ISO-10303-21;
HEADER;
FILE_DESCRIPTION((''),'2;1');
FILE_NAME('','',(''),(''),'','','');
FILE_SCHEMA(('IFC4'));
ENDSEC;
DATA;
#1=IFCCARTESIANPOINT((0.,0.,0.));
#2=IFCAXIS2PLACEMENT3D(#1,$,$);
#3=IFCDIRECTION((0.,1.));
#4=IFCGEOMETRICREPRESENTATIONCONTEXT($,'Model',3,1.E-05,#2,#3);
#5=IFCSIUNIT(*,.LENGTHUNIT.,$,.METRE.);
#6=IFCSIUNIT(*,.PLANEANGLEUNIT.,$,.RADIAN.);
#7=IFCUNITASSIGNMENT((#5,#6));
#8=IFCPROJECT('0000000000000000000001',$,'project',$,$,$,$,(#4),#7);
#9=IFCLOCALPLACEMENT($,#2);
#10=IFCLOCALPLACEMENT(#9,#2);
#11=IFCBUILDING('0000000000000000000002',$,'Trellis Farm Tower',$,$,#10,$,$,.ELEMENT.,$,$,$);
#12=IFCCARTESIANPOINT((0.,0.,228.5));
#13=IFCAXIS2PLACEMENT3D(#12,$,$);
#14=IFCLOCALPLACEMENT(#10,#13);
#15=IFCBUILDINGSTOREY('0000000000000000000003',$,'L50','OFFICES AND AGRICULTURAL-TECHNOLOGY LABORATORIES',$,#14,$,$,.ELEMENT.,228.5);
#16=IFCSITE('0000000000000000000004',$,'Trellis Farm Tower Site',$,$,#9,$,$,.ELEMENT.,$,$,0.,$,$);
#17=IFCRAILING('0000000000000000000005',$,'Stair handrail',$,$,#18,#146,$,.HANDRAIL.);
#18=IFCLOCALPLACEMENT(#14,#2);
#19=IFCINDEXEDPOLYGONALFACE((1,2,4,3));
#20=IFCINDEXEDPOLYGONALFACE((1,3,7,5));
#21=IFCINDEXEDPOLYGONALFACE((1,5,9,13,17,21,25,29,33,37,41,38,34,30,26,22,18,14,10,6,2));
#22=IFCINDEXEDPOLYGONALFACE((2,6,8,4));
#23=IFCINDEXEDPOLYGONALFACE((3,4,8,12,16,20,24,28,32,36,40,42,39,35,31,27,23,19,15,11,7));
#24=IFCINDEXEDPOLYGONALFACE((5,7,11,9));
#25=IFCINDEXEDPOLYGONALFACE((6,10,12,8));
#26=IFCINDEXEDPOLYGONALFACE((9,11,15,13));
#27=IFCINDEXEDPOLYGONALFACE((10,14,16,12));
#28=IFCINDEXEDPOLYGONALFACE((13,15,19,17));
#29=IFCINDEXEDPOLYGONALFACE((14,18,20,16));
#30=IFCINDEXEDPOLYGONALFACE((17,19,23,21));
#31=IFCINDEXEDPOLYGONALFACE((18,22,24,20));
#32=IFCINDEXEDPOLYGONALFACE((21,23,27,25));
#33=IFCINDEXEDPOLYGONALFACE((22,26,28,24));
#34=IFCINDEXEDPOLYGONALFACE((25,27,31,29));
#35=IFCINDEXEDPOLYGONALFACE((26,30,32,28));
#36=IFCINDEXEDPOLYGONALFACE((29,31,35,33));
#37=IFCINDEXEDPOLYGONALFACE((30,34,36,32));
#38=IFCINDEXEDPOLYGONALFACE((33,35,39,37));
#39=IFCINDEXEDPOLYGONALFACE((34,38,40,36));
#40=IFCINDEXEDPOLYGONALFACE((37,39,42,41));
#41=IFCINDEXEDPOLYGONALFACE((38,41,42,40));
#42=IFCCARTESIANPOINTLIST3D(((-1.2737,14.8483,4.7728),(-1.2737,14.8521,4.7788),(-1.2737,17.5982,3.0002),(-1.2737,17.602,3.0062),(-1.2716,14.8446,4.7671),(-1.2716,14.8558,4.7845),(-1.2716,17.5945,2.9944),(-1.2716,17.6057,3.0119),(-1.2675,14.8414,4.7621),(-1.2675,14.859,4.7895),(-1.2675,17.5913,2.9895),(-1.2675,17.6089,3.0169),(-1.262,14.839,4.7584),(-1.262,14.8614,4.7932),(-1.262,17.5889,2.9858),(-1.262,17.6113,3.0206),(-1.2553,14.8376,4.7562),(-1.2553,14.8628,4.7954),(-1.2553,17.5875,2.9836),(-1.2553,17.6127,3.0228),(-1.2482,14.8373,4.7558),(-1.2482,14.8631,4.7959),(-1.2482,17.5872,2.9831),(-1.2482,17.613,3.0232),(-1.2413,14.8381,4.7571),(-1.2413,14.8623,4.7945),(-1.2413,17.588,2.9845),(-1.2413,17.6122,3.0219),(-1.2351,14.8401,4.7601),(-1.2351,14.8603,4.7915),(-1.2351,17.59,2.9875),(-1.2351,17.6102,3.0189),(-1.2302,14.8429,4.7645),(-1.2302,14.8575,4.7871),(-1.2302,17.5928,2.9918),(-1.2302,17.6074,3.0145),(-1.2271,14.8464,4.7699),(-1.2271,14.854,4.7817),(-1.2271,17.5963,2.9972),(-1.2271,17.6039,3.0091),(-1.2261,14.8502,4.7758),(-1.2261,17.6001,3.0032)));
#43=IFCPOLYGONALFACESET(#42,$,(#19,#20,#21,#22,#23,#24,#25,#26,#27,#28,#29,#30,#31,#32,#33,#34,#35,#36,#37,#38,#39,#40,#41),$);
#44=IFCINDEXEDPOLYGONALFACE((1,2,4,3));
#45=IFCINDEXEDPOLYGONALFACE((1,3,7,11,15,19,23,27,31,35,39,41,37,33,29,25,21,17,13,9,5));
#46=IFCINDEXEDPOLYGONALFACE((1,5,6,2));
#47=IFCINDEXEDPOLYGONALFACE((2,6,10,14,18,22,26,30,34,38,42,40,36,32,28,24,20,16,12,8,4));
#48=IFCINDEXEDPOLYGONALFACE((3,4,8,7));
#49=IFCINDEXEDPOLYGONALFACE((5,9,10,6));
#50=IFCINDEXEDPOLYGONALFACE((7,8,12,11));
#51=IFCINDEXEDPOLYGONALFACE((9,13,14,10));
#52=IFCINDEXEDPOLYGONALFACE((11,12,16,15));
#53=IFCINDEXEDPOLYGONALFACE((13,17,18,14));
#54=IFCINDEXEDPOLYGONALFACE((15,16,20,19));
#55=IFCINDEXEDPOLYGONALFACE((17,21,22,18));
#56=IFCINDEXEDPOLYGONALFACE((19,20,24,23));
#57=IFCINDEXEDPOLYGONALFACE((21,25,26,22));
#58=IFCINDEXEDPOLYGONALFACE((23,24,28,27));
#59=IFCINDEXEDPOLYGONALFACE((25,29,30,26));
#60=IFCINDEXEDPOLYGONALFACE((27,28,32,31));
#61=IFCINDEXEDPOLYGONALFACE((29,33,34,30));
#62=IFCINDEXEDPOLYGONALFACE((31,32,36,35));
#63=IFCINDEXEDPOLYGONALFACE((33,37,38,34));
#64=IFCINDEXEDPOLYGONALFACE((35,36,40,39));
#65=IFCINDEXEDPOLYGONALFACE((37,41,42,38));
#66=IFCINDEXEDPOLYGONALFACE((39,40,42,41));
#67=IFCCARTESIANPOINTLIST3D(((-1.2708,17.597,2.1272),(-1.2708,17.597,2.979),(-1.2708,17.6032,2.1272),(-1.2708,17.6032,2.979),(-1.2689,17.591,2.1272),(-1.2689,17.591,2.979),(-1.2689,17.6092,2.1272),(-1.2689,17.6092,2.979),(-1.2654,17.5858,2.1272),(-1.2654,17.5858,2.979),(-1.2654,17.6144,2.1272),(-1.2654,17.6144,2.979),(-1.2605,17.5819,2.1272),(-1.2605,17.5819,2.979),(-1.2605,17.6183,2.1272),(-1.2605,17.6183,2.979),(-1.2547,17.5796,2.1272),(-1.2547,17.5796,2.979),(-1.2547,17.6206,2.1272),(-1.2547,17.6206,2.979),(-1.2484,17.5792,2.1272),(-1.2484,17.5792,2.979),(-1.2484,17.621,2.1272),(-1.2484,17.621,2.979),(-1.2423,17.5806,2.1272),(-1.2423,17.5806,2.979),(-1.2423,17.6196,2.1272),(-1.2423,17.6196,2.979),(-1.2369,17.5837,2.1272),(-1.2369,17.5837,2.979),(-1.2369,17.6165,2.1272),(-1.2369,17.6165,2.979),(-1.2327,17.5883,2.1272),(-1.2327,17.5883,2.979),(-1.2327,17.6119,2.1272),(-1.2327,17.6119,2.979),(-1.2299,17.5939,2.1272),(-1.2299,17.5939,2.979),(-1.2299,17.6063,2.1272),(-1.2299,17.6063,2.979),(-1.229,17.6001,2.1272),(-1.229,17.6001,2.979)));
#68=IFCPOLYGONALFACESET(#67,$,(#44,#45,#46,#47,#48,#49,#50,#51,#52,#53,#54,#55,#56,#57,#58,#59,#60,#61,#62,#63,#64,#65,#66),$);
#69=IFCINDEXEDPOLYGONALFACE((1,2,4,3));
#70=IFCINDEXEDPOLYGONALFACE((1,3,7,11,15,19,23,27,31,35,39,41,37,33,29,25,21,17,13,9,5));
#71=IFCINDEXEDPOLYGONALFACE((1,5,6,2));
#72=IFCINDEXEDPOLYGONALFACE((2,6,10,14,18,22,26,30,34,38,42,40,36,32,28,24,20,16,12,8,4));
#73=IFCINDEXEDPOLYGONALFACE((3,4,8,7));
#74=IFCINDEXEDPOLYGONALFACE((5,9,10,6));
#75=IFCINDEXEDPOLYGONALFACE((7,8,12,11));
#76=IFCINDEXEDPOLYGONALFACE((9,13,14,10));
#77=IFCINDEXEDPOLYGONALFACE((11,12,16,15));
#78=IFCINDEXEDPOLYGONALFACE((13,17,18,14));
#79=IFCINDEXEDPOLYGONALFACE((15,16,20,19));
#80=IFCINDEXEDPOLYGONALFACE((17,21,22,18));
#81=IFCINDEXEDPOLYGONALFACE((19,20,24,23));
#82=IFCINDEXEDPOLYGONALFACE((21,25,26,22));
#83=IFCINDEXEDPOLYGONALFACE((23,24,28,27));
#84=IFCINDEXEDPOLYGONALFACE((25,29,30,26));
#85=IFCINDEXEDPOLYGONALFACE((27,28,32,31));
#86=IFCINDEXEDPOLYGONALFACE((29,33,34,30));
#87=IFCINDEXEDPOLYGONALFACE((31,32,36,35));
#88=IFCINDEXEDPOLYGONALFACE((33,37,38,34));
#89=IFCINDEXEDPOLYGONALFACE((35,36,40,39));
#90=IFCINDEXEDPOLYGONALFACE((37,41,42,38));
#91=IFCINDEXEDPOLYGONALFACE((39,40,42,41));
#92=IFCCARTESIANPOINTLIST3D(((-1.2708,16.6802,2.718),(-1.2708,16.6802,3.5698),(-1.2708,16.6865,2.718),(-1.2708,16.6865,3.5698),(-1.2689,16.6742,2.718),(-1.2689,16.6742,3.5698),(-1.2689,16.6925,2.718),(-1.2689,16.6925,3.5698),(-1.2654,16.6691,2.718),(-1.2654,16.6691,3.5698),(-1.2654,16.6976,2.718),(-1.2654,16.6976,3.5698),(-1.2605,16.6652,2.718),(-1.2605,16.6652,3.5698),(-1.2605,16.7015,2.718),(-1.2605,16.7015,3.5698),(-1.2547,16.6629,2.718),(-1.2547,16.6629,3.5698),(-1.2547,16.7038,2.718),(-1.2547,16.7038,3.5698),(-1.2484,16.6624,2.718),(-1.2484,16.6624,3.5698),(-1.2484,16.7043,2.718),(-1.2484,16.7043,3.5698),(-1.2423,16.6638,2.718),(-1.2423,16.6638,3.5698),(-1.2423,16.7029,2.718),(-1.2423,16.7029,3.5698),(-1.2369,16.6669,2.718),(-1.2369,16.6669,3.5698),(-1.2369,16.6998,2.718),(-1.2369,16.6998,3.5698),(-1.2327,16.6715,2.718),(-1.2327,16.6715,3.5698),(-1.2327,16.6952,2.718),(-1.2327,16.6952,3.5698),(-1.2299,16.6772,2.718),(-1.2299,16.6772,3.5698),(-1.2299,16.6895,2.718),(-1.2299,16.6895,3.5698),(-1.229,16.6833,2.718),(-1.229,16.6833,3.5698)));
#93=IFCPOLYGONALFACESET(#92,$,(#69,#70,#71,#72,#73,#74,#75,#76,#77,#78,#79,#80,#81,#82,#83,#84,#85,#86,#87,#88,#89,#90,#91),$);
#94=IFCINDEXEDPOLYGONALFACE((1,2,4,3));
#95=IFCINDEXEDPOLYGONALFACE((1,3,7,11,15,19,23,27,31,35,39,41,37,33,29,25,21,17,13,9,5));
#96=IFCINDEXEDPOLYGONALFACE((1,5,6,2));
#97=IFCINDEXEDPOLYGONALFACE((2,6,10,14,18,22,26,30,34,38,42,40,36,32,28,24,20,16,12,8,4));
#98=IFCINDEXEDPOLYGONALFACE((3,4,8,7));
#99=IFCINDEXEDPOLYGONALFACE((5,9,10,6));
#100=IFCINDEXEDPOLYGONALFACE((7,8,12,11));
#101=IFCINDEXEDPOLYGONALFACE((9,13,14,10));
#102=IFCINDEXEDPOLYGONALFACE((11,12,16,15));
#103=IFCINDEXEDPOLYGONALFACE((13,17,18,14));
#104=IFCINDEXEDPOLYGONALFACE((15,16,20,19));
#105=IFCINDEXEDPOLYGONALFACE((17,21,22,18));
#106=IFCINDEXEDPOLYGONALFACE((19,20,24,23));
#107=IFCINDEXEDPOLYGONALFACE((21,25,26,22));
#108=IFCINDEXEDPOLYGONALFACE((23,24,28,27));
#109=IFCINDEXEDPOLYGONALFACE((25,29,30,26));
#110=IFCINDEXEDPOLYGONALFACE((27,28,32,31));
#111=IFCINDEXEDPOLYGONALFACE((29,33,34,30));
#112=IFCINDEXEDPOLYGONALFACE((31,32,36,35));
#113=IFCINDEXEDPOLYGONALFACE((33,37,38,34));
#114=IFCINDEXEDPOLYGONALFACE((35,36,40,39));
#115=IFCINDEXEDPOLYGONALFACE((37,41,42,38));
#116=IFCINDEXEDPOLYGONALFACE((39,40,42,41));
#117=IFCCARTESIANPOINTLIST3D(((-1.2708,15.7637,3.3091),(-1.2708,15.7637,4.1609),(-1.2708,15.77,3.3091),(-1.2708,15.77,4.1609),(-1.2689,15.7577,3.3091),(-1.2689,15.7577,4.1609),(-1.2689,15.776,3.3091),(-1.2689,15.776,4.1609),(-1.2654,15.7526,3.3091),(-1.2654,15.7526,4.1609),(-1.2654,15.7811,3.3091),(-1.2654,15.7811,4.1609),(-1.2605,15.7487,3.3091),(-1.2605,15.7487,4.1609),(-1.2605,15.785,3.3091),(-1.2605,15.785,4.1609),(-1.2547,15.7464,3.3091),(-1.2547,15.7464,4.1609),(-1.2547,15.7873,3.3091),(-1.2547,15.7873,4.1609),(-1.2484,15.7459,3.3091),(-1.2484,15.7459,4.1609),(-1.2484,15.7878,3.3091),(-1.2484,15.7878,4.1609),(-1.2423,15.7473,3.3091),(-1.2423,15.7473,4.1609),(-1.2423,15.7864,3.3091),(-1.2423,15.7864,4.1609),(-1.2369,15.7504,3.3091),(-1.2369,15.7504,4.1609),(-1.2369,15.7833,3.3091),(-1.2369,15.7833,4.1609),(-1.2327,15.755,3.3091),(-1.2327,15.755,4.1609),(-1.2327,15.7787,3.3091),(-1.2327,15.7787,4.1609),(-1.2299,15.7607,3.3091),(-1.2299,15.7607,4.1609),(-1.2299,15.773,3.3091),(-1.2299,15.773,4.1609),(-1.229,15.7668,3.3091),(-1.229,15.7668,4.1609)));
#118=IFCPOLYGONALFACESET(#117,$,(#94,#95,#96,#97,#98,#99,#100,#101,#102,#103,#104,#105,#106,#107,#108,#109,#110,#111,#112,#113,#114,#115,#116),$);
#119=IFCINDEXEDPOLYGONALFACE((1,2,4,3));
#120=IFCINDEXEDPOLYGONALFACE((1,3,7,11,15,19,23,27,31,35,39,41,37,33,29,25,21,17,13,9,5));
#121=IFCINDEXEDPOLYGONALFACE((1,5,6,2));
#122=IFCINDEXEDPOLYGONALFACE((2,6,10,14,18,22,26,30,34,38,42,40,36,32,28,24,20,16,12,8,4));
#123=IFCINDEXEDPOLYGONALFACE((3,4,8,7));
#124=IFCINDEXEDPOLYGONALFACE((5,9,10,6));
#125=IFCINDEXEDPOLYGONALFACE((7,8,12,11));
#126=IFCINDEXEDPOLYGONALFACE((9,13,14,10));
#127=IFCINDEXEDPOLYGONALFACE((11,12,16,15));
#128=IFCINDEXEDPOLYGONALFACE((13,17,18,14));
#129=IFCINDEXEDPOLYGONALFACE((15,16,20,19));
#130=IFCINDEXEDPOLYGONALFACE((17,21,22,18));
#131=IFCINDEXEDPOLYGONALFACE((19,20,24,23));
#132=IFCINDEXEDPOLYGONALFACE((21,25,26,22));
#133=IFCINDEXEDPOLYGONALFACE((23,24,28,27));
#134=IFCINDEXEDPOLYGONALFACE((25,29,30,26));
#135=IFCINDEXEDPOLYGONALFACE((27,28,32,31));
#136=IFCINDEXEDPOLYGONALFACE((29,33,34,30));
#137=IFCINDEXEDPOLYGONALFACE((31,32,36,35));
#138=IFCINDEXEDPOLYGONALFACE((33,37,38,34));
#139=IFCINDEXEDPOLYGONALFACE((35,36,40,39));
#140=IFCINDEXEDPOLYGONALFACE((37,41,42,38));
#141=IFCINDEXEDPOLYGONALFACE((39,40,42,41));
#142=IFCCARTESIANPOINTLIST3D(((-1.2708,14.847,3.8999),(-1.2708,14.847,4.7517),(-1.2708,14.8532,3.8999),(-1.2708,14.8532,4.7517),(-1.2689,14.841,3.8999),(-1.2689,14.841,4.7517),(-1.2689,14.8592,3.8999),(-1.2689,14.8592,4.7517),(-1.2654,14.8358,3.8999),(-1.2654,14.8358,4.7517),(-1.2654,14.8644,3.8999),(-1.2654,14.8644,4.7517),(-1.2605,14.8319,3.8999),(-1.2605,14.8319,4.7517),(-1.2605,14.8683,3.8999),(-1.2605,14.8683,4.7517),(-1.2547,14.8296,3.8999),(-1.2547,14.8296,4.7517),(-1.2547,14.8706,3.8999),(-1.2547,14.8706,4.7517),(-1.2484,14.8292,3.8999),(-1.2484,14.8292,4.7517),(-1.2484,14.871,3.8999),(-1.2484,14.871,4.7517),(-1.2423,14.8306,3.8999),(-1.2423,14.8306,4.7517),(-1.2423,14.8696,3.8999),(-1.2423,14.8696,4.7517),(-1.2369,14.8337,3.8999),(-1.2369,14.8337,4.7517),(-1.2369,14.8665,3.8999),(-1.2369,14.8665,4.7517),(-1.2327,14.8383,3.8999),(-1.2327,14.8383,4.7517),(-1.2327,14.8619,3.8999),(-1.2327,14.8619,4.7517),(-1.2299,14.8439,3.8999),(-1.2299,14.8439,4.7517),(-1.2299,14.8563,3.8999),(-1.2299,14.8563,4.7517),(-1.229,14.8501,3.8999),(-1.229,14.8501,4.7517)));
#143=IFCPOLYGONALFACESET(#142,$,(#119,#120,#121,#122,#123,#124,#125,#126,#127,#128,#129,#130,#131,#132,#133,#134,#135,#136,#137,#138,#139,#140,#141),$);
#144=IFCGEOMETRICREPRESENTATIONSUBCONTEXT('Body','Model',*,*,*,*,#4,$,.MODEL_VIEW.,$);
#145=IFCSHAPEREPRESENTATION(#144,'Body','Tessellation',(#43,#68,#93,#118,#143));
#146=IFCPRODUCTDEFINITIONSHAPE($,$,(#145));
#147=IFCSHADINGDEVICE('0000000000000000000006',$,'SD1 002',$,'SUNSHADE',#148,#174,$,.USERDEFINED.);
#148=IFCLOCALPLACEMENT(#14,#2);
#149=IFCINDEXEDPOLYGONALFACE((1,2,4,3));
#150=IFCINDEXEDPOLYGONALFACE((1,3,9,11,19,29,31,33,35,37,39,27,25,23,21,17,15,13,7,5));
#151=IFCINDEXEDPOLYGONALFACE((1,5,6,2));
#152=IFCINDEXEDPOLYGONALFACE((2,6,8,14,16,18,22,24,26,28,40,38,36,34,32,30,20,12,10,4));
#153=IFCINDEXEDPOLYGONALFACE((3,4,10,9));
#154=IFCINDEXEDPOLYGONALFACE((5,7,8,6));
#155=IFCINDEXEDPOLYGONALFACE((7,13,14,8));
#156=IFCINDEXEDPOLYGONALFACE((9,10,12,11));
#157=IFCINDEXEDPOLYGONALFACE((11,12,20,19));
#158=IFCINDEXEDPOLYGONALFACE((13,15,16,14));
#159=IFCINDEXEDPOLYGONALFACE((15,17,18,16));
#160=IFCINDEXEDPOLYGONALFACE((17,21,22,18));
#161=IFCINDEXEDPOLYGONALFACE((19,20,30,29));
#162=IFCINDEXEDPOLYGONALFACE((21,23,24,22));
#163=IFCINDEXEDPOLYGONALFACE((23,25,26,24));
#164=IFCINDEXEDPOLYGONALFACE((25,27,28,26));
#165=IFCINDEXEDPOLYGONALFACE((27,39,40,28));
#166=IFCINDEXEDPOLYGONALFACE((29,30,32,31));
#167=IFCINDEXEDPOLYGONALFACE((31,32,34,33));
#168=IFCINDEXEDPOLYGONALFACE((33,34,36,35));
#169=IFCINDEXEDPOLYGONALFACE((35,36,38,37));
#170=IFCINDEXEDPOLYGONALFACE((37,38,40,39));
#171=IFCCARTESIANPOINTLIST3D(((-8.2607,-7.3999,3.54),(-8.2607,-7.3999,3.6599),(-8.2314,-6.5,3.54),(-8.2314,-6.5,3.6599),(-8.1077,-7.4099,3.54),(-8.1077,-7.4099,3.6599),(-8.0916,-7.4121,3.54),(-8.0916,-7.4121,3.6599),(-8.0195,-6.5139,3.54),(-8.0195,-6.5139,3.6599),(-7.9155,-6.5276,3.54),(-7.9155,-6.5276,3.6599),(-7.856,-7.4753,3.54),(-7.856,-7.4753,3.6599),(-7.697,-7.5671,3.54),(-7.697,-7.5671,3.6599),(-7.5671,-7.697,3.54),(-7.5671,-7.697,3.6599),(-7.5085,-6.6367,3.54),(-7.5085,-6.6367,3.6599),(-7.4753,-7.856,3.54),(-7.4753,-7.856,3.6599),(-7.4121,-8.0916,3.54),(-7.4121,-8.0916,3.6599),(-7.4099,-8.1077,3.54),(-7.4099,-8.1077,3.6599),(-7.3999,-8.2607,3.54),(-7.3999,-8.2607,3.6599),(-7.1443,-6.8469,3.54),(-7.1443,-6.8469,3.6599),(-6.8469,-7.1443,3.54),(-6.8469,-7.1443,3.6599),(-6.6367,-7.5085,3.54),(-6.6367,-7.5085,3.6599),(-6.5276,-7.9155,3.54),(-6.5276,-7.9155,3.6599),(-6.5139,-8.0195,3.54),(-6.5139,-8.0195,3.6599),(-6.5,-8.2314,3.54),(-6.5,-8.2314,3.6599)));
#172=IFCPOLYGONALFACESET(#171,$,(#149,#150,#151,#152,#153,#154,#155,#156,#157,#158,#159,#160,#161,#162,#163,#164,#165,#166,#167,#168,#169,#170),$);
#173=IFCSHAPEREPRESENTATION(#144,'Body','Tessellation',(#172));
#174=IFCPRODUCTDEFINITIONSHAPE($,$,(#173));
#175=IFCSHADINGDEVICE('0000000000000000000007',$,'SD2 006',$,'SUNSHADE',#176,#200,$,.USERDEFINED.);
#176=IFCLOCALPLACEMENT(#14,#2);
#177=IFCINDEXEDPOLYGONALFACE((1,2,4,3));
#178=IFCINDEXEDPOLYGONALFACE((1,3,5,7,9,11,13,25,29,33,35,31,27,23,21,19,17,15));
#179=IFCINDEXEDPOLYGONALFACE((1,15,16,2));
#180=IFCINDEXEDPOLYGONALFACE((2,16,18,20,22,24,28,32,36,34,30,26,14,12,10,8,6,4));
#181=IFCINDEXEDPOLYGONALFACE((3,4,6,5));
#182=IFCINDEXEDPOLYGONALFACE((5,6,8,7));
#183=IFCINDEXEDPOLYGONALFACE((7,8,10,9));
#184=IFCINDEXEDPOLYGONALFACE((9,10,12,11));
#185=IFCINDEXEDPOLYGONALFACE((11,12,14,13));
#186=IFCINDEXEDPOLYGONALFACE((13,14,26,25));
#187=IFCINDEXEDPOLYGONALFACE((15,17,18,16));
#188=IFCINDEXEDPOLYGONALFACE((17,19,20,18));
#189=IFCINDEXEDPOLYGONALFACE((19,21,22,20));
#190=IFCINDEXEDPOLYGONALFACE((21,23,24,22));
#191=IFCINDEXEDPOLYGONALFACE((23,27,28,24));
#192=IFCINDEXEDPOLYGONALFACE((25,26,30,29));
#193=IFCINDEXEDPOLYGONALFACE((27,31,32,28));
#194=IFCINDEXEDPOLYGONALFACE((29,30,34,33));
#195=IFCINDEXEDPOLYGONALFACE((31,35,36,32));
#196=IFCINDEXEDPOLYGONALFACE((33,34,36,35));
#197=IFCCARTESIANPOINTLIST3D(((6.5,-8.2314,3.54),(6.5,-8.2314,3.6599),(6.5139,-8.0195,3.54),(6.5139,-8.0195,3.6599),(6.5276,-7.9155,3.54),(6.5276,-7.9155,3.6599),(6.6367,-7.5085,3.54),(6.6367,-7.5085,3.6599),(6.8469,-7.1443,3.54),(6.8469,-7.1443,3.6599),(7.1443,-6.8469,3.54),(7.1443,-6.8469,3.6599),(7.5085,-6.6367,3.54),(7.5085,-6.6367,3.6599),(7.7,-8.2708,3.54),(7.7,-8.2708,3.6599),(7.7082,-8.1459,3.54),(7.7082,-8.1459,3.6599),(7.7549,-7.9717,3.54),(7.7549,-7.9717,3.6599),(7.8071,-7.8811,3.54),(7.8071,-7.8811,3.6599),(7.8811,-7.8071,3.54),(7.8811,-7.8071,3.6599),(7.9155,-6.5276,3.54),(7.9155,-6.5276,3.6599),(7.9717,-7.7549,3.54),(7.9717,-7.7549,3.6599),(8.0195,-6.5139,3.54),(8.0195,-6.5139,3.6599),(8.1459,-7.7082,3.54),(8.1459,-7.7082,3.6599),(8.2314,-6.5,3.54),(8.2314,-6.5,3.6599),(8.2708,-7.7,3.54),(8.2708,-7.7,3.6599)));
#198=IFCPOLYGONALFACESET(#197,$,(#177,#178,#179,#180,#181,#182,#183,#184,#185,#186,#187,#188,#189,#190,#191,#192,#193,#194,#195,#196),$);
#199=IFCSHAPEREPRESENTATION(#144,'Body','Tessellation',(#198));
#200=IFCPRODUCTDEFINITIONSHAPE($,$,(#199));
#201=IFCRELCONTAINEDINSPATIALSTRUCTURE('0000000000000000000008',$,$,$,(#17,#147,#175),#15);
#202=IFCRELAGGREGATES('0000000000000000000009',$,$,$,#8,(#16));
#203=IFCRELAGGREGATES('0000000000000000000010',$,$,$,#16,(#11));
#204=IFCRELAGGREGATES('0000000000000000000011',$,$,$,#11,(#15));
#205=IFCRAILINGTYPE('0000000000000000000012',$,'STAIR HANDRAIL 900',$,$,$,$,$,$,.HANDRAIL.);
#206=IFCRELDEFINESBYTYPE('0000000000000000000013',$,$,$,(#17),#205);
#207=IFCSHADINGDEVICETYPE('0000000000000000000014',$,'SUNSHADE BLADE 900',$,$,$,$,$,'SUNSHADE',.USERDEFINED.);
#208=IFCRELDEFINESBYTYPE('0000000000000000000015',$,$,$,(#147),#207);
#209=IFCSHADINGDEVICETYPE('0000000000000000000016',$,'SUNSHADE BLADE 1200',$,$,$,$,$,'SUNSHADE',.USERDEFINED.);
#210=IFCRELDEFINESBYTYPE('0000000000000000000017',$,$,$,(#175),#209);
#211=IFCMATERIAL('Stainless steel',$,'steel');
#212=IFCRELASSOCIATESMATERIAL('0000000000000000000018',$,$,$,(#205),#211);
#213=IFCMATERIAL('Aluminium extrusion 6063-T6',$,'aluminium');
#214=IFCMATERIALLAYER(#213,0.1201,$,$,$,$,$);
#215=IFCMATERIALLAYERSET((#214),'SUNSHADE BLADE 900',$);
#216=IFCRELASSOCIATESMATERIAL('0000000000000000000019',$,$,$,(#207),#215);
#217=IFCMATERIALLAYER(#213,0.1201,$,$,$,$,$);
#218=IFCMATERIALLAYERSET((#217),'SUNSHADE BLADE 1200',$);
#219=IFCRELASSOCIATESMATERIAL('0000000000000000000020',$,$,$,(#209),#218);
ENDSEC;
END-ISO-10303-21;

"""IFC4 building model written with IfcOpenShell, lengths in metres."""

from ifc_helpers import new_model, si_unit, direction, frame, origin, origin_2d, place, context, subcontext, project, spatial, polyline, circle, outline, extrude, source, transform, mapped, material, layer, layer_set, type_object, element, save


model = new_model("IFC4")

# Units and contexts
model_context = context("Model", 3, precision=1e-05, world=origin(), true_north=direction((0.0, 1.0)))
body_context = subcontext(model_context, "Body", "Model", "MODEL_VIEW")
ifc_project = project(units=[si_unit("LENGTHUNIT", "METRE"), si_unit("PLANEANGLEUNIT", "RADIAN")], contexts=[model_context])

# Site, building, storey
site_placement = place(None, origin())
site = spatial("IfcSite", under=ifc_project, at=site_placement, Name="Trellis Farm Tower Site", CompositionType="ELEMENT", RefElevation=0.0)
building_placement = place(site_placement, origin())
building = spatial("IfcBuilding", under=site, at=building_placement, Name="Trellis Farm Tower", CompositionType="ELEMENT")
storey_placement = place(building_placement, frame((0.0, 0.0, 228.5)))
storey = spatial("IfcBuildingStorey", under=building, at=storey_placement, Name="L50", Description="OFFICES AND AGRICULTURAL-TECHNOLOGY LABORATORIES", CompositionType="ELEMENT", Elevation=228.5)

# Shared definitions
ifc_material_1 = material(Name="Aluminium extrusion 6063-T6", Category="aluminium")

# Railing
ifc_material_2 = material(Name="Stainless steel", Category="steel")
railing_type = type_object("IfcRailingType", Name="STAIR HANDRAIL 900", PredefinedType="HANDRAIL", material=ifc_material_2)
shared_shape_1 = source(origin(), body_context, "Body", "SweptSolid", [
    extrude(circle(Radius=0.0239, at=origin_2d()), frame((0.0, 0.0, 0.876), z_axis=(0.0, -0.840504, 0.541806), x_axis=(1.0, 0.0, 0.0)), (0.0, 0.0, 1.0), 3.2717),
    extrude(circle(Radius=0.021, at=origin_2d()), origin(), (0.0, 0.0, 1.0), 0.8518),
    extrude(circle(Radius=0.021, at=origin_2d()), frame((0.0, -0.9167, 0.5908)), (0.0, 0.0, 1.0), 0.8518),
    extrude(circle(Radius=0.021, at=origin_2d()), frame((0.0, -1.8333, 1.1819)), (0.0, 0.0, 1.0), 0.8518),
    extrude(circle(Radius=0.021, at=origin_2d()), frame((0.0, -2.75, 1.7727)), (0.0, 0.0, 1.0), 0.8518),
])
railing_placement = place(storey_placement, frame((-1.25, 17.6001, 2.1272)))
element("IfcRailing", 1, at=railing_placement, inside=storey, type_object=railing_type, Name="Stair handrail", PredefinedType="HANDRAIL", context=body_context, shape_type="MappedRepresentation", body=[
    mapped(shared_shape_1, transform((0.0, 0.0, 0.0))),
])

# Shading devices
ifc_layer_1 = layer(ifc_material_1, 0.1201)
ifc_layer_set_1 = layer_set([ifc_layer_1], Name="SUNSHADE BLADE 900")
shading_device_type_1 = type_object("IfcShadingDeviceType", Name="SUNSHADE BLADE 900", ElementType="SUNSHADE", PredefinedType="USERDEFINED", material=ifc_layer_set_1)
shared_shape_2 = source(origin(), body_context, "Body", "SweptSolid", [
    extrude(outline(polyline([(-8.2607, -7.3999), (-8.1077, -7.4099), (-8.0916, -7.4121), (-7.856, -7.4753), (-7.697, -7.5671), (-7.5671, -7.697), (-7.4753, -7.856), (-7.4121, -8.0916), (-7.4099, -8.1077), (-7.3999, -8.2607), (-6.5, -8.2314), (-6.5139, -8.0195), (-6.5276, -7.9155), (-6.6367, -7.5085), (-6.8469, -7.1443), (-7.1443, -6.8469), (-7.5085, -6.6367), (-7.9155, -6.5276), (-8.0195, -6.5139), (-8.2314, -6.5), (-8.2607, -7.3999)])), origin(), (0.0, 0.0, 1.0), 0.1199),
])
placement_1 = place(storey_placement, frame((0.0, 0.0, 3.54)))
element("IfcShadingDevice", 2, at=placement_1, inside=storey, type_object=shading_device_type_1, Name="SD1 002", ObjectType="SUNSHADE", PredefinedType="USERDEFINED", context=body_context, shape_type="MappedRepresentation", body=[
    mapped(shared_shape_2, transform((0.0, 0.0, 0.0))),
])
ifc_layer_2 = layer(ifc_material_1, 0.1201)
ifc_layer_set_2 = layer_set([ifc_layer_2], Name="SUNSHADE BLADE 1200")
shading_device_type_2 = type_object("IfcShadingDeviceType", Name="SUNSHADE BLADE 1200", ElementType="SUNSHADE", PredefinedType="USERDEFINED", material=ifc_layer_set_2)
shared_shape_3 = source(origin(), body_context, "Body", "SweptSolid", [
    extrude(outline(polyline([(7.7, -8.2708), (7.7087, -8.1372), (7.707, -8.1501), (7.7549, -7.9717), (7.8071, -7.8811), (7.8811, -7.8071), (7.9717, -7.7549), (8.1501, -7.707), (8.1372, -7.7087), (8.2708, -7.7), (8.2314, -6.5), (8.0195, -6.5139), (7.9155, -6.5276), (7.5085, -6.6367), (7.1443, -6.8469), (6.8469, -7.1443), (6.6367, -7.5085), (6.5276, -7.9155), (6.5139, -8.0195), (6.5, -8.2314), (7.7, -8.2708)])), origin(), (0.0, 0.0, 1.0), 0.1199),
])
element("IfcShadingDevice", 3, at=placement_1, inside=storey, type_object=shading_device_type_2, Name="SD2 006", ObjectType="SUNSHADE", PredefinedType="USERDEFINED", context=body_context, shape_type="MappedRepresentation", body=[
    mapped(shared_shape_3, transform((0.0, 0.0, 0.0))),
])

save(model, "model.ifc")
